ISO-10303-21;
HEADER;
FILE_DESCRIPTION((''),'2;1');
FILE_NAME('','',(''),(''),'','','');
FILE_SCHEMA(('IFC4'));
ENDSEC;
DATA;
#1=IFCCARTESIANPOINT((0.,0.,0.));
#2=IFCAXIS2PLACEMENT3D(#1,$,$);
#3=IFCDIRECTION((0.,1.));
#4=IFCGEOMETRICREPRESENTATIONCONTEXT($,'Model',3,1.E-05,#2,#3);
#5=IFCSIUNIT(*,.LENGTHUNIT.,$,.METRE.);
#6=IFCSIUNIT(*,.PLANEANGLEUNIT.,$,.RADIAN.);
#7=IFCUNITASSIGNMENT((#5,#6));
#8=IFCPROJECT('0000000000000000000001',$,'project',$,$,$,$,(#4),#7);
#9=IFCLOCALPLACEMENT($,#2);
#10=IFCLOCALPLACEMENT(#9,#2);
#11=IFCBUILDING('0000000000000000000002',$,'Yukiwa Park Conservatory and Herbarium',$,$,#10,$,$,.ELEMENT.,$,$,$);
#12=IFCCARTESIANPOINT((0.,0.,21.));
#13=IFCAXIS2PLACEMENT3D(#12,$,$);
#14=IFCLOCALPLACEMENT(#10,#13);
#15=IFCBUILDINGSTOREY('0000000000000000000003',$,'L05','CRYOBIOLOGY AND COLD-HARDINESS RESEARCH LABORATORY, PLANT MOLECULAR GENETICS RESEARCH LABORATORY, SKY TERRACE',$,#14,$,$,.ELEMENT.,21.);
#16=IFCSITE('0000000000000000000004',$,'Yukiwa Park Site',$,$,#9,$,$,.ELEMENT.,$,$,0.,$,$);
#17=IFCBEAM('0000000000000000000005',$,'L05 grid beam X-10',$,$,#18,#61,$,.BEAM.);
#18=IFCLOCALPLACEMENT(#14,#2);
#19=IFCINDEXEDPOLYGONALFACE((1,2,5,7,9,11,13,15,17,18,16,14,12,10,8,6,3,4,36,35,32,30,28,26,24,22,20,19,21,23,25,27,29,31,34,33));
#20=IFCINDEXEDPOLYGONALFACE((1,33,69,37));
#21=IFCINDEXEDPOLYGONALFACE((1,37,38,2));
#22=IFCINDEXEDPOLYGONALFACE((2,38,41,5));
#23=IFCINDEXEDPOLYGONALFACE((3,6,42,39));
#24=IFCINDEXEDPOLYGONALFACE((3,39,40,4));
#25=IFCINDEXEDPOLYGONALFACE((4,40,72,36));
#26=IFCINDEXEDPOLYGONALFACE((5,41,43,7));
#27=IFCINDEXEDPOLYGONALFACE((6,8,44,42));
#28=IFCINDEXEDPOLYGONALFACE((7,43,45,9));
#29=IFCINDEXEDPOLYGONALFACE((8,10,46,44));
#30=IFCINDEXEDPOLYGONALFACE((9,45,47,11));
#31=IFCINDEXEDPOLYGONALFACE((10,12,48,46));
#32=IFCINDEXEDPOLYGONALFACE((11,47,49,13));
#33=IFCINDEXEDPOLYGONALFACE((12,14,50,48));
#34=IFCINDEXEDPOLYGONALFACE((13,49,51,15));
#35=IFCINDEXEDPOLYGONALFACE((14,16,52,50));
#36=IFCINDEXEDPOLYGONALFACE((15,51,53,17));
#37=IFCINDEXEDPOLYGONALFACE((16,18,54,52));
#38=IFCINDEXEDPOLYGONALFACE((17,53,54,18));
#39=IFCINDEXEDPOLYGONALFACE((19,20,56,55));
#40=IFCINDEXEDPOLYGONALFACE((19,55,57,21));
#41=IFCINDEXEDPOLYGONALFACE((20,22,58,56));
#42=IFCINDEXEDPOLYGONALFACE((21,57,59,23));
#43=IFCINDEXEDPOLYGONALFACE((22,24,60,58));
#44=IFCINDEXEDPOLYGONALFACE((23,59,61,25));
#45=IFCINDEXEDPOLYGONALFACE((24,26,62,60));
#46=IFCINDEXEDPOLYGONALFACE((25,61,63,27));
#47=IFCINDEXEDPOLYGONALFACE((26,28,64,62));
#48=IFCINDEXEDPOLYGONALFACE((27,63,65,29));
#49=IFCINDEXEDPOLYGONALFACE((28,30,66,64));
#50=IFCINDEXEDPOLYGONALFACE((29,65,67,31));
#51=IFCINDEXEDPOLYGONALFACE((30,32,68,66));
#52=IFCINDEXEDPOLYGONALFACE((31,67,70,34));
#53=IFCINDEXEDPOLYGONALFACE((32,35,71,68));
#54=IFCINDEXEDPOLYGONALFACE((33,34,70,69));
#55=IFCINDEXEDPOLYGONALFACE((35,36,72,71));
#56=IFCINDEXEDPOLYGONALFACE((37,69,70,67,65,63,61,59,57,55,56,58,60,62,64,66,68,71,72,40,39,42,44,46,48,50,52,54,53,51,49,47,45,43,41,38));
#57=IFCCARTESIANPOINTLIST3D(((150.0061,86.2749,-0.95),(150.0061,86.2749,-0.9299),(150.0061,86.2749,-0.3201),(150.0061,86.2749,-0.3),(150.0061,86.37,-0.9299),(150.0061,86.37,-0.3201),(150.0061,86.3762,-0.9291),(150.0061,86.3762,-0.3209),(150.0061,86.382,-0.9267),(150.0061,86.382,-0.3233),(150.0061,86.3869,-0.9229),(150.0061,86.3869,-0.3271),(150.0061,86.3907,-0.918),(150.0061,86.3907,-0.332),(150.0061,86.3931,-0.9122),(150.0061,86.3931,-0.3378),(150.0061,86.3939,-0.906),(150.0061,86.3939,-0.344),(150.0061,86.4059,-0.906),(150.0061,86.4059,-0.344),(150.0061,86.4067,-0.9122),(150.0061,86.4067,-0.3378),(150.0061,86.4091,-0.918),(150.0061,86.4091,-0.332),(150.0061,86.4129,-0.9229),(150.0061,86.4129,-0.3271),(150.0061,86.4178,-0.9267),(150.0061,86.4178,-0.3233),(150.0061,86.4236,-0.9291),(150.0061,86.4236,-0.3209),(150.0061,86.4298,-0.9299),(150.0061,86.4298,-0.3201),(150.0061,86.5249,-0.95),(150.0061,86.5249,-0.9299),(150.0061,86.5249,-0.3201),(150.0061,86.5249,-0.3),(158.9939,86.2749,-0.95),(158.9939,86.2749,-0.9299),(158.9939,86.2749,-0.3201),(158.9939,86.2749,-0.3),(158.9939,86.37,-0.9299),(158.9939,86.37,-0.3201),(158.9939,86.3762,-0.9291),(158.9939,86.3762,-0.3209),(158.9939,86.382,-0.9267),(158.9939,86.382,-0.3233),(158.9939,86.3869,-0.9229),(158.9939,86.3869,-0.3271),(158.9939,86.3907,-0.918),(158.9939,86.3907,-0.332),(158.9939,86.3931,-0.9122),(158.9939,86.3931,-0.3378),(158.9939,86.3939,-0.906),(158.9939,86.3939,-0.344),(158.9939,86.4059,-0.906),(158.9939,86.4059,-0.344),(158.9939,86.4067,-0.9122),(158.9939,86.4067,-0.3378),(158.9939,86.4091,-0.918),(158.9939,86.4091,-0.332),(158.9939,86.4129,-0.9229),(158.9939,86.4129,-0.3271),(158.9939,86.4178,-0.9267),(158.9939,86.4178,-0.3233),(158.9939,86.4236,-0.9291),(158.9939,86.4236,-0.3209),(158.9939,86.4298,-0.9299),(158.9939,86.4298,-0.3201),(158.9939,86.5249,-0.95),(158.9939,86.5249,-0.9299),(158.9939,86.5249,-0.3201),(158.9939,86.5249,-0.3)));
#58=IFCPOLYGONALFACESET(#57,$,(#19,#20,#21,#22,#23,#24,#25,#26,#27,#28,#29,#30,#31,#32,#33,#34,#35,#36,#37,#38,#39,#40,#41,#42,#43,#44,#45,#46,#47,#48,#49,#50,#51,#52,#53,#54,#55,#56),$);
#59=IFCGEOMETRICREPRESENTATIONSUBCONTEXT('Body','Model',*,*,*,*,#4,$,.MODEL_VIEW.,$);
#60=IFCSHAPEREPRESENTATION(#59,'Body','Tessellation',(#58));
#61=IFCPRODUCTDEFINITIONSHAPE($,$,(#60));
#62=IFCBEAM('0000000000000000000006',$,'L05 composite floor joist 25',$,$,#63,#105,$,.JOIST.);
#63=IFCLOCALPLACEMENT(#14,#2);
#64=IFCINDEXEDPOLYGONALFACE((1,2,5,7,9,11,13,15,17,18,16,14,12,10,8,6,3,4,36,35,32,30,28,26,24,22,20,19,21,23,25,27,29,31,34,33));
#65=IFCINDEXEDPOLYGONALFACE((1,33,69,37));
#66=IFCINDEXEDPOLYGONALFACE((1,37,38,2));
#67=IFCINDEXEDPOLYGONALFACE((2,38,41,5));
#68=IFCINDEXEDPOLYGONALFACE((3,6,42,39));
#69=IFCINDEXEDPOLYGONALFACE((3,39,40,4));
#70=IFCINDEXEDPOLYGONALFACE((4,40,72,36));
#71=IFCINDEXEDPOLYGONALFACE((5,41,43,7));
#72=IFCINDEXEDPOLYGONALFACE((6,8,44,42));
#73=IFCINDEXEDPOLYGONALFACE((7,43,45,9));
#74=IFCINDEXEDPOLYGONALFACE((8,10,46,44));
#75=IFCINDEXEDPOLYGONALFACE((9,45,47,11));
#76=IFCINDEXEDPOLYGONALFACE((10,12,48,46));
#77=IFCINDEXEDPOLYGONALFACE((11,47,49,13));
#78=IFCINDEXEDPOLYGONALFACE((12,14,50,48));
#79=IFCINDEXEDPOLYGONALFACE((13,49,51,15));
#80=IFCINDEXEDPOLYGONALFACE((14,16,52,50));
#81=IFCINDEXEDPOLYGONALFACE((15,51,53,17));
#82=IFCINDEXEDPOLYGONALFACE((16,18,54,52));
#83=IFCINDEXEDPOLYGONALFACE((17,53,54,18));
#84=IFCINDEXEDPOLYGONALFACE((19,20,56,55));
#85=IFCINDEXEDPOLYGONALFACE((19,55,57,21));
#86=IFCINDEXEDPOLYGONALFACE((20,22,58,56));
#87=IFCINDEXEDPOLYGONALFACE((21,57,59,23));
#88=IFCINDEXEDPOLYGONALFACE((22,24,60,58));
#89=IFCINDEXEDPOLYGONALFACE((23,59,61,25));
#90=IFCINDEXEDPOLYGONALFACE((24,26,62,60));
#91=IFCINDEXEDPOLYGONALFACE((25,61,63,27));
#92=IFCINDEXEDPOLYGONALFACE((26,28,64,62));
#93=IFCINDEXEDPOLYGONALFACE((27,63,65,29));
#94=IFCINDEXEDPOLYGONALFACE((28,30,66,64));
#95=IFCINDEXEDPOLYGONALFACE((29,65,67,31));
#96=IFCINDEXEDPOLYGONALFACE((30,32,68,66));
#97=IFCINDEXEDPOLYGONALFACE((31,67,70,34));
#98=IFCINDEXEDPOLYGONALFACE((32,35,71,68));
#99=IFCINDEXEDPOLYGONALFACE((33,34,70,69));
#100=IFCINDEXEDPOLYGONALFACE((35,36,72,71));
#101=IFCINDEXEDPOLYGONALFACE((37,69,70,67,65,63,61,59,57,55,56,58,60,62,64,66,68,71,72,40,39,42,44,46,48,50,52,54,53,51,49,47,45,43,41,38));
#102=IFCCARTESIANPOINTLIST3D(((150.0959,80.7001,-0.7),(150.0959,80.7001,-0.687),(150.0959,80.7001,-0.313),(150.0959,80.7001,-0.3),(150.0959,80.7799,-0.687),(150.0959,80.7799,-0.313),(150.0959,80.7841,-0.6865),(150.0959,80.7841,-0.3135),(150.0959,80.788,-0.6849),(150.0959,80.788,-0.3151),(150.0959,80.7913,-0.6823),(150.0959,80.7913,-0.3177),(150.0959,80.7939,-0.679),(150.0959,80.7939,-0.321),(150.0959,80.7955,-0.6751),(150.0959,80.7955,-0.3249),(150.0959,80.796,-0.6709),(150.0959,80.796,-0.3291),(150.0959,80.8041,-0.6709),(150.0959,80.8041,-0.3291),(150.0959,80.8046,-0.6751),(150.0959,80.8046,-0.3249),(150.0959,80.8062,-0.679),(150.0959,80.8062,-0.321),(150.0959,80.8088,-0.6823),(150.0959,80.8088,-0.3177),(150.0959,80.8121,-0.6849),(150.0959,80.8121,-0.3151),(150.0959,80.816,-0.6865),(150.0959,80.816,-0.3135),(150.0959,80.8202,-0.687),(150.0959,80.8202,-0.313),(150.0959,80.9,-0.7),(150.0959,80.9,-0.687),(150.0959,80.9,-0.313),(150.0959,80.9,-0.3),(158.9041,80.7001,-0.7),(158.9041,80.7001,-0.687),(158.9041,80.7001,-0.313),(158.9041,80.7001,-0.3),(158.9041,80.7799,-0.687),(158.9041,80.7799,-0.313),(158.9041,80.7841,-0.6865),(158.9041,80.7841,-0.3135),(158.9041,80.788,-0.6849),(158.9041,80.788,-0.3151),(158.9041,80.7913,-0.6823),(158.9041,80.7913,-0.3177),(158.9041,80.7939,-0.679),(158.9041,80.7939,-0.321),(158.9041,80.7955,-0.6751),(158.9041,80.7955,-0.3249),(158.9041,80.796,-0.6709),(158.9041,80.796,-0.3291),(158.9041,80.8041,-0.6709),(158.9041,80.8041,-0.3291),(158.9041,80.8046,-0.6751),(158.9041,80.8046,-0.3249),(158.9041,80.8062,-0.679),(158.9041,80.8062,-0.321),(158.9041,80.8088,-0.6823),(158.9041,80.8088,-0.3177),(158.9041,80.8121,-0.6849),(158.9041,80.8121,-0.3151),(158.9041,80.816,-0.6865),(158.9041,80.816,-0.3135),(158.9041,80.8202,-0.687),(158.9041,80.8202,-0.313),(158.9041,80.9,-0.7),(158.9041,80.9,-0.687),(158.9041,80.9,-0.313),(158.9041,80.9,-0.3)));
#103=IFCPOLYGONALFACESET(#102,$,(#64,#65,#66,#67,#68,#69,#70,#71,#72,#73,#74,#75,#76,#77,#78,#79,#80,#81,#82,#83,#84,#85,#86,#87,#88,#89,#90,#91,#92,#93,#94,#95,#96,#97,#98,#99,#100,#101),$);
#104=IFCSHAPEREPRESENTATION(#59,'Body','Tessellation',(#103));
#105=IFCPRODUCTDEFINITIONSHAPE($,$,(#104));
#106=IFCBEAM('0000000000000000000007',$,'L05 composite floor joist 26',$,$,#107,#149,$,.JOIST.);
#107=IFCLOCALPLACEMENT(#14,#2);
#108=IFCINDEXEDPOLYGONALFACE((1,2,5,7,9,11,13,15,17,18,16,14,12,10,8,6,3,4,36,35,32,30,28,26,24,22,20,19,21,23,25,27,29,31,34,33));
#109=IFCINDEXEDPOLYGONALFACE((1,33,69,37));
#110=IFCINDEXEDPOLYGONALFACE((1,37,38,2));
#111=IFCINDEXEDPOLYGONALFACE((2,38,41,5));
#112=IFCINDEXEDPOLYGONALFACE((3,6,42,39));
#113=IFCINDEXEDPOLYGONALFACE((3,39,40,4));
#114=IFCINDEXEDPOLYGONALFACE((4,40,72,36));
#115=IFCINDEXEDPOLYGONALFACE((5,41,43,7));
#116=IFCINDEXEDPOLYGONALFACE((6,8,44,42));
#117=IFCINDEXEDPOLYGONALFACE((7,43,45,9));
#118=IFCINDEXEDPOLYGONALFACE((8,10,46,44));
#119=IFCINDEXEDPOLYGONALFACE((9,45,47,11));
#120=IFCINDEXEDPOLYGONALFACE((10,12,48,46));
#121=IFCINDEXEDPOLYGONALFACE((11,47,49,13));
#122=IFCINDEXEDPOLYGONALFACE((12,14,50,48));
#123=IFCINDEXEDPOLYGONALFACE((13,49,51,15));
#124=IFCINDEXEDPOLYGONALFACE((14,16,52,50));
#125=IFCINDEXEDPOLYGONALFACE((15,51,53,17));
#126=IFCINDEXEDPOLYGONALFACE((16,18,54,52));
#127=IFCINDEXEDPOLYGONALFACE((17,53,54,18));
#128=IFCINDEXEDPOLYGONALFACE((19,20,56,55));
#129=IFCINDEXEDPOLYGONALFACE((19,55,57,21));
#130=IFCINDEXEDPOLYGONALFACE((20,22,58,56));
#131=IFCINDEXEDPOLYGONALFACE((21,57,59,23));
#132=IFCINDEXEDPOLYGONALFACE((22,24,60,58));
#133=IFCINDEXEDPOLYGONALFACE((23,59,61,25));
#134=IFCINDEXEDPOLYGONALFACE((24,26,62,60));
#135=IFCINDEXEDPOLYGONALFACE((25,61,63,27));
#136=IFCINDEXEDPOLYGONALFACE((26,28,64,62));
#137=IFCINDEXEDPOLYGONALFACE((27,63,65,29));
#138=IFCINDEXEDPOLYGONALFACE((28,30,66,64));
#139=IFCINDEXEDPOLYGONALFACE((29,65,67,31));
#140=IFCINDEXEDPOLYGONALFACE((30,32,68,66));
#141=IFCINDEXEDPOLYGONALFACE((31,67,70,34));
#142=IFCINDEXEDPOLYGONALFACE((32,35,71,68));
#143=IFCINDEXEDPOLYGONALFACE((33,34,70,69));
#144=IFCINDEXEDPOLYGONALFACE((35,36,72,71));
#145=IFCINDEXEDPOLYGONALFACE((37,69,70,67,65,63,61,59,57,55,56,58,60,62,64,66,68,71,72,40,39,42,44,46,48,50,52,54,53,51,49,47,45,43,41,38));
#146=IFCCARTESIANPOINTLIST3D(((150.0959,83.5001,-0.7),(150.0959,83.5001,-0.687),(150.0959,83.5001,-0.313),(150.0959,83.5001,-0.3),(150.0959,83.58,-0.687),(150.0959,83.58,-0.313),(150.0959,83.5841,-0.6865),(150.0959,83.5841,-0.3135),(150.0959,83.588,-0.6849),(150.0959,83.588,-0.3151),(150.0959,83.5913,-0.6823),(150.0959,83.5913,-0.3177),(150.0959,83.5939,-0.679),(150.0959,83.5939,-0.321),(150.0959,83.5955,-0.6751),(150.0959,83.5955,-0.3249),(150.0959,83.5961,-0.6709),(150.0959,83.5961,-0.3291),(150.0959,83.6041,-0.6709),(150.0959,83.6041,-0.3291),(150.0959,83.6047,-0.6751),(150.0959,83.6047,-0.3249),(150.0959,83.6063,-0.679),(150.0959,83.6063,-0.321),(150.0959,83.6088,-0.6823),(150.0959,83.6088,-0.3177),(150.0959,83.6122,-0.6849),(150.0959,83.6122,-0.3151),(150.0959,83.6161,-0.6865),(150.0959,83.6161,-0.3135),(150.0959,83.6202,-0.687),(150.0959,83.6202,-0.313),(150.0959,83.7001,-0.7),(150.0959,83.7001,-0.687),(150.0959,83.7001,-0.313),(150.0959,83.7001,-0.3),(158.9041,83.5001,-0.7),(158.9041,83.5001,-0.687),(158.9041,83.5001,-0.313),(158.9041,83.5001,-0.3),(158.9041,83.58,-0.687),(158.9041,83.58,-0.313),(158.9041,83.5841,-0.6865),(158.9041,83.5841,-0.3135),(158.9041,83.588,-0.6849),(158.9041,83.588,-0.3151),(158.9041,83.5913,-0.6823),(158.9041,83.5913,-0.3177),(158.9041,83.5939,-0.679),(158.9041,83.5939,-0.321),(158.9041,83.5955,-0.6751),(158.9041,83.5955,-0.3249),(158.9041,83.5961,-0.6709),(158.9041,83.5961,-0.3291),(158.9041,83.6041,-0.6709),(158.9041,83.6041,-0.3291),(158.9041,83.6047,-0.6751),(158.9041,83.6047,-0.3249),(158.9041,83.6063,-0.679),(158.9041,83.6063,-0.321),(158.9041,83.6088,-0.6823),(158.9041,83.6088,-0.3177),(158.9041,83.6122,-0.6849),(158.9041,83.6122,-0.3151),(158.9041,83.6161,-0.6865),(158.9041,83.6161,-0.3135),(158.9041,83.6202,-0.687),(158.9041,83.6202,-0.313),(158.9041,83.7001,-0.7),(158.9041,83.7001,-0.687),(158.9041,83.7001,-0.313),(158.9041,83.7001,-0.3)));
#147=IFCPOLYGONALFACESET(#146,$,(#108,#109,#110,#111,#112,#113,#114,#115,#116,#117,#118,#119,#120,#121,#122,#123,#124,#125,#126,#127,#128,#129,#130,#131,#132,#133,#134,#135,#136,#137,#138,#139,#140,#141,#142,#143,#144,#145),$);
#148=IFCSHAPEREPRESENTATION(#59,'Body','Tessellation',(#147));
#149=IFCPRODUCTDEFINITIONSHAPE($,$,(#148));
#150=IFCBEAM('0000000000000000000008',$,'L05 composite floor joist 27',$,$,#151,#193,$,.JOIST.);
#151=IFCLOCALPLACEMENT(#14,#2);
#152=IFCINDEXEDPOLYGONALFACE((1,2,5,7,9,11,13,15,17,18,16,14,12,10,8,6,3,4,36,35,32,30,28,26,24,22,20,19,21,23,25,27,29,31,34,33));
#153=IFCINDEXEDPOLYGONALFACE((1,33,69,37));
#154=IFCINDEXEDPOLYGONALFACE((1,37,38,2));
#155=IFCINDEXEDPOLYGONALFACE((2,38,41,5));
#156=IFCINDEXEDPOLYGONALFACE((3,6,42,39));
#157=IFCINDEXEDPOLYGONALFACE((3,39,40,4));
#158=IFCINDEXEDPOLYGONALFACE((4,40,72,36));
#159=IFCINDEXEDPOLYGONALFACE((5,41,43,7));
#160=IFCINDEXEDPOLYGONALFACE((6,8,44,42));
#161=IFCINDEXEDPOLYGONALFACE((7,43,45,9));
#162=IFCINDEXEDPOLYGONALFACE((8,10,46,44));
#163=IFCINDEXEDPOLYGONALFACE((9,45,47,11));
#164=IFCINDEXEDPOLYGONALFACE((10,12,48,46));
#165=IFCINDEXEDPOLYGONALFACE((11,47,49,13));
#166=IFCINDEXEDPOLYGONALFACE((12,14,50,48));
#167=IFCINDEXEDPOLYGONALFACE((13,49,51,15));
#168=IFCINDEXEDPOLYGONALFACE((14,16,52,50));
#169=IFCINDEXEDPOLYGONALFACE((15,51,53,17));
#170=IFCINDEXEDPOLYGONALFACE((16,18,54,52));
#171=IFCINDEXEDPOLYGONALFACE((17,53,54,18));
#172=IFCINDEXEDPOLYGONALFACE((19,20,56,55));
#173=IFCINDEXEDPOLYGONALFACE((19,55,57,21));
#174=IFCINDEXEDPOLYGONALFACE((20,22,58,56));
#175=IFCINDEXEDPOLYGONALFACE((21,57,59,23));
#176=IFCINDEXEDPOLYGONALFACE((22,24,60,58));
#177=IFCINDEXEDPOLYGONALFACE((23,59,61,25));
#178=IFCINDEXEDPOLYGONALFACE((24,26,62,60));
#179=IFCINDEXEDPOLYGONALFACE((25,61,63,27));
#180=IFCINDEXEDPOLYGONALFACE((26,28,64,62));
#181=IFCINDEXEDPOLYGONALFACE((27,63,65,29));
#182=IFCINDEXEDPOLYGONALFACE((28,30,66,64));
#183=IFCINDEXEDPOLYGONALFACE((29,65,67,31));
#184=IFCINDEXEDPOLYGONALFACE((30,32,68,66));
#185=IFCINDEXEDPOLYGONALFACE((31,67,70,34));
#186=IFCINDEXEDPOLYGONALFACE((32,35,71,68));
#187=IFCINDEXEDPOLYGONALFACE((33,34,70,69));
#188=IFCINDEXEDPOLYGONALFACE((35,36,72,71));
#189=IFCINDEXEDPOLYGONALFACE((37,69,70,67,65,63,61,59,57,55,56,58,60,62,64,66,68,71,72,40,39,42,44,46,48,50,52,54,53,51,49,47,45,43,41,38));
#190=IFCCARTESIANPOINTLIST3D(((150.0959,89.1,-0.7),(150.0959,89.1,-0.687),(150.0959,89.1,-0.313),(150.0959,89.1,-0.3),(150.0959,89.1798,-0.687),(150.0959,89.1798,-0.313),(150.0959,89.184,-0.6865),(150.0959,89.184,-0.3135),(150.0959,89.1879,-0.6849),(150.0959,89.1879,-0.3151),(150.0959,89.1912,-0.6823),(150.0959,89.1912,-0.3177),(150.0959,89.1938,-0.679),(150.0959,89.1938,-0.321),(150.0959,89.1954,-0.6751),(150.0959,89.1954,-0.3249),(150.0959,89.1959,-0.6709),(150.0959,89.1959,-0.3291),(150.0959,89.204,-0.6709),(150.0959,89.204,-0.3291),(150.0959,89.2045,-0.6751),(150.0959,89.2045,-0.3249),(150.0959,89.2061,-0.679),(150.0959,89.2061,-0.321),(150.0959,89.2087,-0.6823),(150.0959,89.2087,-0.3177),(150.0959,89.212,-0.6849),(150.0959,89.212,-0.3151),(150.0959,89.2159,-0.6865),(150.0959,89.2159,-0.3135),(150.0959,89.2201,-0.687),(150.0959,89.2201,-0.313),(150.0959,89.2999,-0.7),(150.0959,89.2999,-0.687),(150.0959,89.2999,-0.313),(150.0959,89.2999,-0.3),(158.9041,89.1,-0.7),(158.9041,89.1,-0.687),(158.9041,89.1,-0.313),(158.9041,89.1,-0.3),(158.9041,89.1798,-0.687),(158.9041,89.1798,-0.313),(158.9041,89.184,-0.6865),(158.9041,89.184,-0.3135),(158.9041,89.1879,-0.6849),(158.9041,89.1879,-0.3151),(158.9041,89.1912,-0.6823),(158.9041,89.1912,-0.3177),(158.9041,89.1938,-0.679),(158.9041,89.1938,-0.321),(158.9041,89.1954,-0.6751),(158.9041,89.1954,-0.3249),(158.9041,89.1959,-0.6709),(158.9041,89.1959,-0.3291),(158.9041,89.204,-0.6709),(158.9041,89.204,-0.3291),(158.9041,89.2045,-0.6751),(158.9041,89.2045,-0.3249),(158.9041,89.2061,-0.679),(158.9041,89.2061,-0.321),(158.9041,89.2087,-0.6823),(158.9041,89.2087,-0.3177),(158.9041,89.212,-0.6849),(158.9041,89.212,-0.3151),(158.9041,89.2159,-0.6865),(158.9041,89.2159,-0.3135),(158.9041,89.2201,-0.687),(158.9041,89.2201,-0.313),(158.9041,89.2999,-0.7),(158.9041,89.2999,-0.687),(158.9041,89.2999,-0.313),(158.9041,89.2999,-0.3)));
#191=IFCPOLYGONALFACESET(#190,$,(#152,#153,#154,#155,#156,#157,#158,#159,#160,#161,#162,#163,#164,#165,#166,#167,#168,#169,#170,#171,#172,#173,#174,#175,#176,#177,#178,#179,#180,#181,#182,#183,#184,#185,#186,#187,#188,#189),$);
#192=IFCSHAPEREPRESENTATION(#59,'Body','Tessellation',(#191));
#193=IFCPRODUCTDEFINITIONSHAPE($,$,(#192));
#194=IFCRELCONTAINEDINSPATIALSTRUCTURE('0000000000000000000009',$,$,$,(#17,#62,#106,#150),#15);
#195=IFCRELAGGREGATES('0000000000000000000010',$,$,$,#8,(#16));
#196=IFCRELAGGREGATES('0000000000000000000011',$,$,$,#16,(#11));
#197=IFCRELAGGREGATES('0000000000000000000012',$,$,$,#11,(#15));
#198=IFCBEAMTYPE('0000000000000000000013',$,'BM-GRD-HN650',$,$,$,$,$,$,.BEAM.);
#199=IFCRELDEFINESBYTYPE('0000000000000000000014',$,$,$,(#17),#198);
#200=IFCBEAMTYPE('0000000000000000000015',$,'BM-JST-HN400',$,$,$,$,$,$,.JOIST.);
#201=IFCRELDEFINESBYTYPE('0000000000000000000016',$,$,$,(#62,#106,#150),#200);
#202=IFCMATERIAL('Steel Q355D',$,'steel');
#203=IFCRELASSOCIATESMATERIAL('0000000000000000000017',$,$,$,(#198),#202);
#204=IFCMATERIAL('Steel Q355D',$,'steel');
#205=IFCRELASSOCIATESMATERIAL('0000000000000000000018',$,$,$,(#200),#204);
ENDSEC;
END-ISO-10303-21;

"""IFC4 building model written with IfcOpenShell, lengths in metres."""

from ifc_helpers import new_model, si_unit, direction, frame, origin, origin_2d, place, context, subcontext, project, spatial, i_section, extrude, material, material_profile, profile_set, type_object, element, save


model = new_model("IFC4")

# Units and contexts
model_context = context("Model", 3, precision=1e-05, world=origin(), true_north=direction((0.0, 1.0)))
body_context = subcontext(model_context, "Body", "Model", "MODEL_VIEW")
ifc_project = project(units=[si_unit("LENGTHUNIT", "METRE"), si_unit("PLANEANGLEUNIT", "RADIAN")], contexts=[model_context])

# Site, building, storey
site_placement = place(None, origin())
site = spatial("IfcSite", under=ifc_project, at=site_placement, Name="Yukiwa Park Site", CompositionType="ELEMENT", RefElevation=0.0)
building_placement = place(site_placement, origin())
building = spatial("IfcBuilding", under=site, at=building_placement, Name="Yukiwa Park Conservatory and Herbarium", CompositionType="ELEMENT")
storey_placement = place(building_placement, frame((0.0, 0.0, 21.0)))
storey = spatial("IfcBuildingStorey", under=building, at=storey_placement, Name="L05", Description="CRYOBIOLOGY AND COLD-HARDINESS RESEARCH LABORATORY, PLANT MOLECULAR GENETICS RESEARCH LABORATORY, SKY TERRACE", CompositionType="ELEMENT", Elevation=21.0)

# Beams
ifc_material_1 = material(Name="Steel Q355D", Category="steel")
ifc_material_profile_1 = material_profile(ifc_material_1, i_section(OverallWidth=0.25, OverallDepth=0.6499, WebThickness=0.012, FlangeThickness=0.02, FilletRadius=0.0239, at=origin_2d()), Name="HN 650x250x12x20")
ifc_profile_set_1 = profile_set([ifc_material_profile_1], Name="Steel Q355D")
beam_type_1 = type_object("IfcBeamType", Name="BM-GRD-HN650", PredefinedType="BEAM", material=ifc_profile_set_1)
beam_placement = place(storey_placement, frame((150.0061, 86.3999, -0.625), z_axis=(1.0, 0.0, 0.0), x_axis=(0.0, 1.0, 0.0)))
element("IfcBeam", 1, at=beam_placement, inside=storey, type_object=beam_type_1, Name="L05 grid beam X-10", PredefinedType="BEAM", context=body_context, shape_type="SweptSolid", body=[
    extrude(i_section(OverallWidth=0.25, OverallDepth=0.6499, WebThickness=0.012, FlangeThickness=0.02, FilletRadius=0.0239, at=origin_2d()), origin(), (0.0, 0.0, 1.0), 8.9878),
])
ifc_material_2 = material(Name="Steel Q355D", Category="steel")
ifc_material_profile_2 = material_profile(ifc_material_2, i_section(OverallWidth=0.2, OverallDepth=0.3999, WebThickness=0.0081, FlangeThickness=0.0129, FilletRadius=0.0161, at=origin_2d()), Name="HN 400x200x8x13")
ifc_profile_set_2 = profile_set([ifc_material_profile_2], Name="Steel Q355D")
beam_type_2 = type_object("IfcBeamType", Name="BM-JST-HN400", PredefinedType="JOIST", material=ifc_profile_set_2)
for number, where, z_axis, x_axis, name in (
    (2, (150.0959, 80.8, -0.5), (1.0, 0.0, 0.0), (0.0, 1.0, 0.0), "L05 composite floor joist 25"),
    (3, (150.0959, 83.6001, -0.5), (1.0, 0.0, 0.0), (0.0, 1.0, 0.0), "L05 composite floor joist 26"),
    (4, (150.0959, 89.2, -0.5), (1.0, 0.0, 0.0), (0.0, 1.0, 0.0), "L05 composite floor joist 27"),
):
    element("IfcBeam", number, at=place(storey_placement, frame(where, z_axis=z_axis, x_axis=x_axis)), inside=storey, type_object=beam_type_2, Name=name, PredefinedType="JOIST", context=body_context, shape_type="SweptSolid", body=[
        extrude(i_section(OverallWidth=0.2, OverallDepth=0.3999, WebThickness=0.0081, FlangeThickness=0.0129, FilletRadius=0.0161, at=origin_2d()), origin(), (0.0, 0.0, 1.0), 8.8081),
    ])

save(model, "model.ifc")
